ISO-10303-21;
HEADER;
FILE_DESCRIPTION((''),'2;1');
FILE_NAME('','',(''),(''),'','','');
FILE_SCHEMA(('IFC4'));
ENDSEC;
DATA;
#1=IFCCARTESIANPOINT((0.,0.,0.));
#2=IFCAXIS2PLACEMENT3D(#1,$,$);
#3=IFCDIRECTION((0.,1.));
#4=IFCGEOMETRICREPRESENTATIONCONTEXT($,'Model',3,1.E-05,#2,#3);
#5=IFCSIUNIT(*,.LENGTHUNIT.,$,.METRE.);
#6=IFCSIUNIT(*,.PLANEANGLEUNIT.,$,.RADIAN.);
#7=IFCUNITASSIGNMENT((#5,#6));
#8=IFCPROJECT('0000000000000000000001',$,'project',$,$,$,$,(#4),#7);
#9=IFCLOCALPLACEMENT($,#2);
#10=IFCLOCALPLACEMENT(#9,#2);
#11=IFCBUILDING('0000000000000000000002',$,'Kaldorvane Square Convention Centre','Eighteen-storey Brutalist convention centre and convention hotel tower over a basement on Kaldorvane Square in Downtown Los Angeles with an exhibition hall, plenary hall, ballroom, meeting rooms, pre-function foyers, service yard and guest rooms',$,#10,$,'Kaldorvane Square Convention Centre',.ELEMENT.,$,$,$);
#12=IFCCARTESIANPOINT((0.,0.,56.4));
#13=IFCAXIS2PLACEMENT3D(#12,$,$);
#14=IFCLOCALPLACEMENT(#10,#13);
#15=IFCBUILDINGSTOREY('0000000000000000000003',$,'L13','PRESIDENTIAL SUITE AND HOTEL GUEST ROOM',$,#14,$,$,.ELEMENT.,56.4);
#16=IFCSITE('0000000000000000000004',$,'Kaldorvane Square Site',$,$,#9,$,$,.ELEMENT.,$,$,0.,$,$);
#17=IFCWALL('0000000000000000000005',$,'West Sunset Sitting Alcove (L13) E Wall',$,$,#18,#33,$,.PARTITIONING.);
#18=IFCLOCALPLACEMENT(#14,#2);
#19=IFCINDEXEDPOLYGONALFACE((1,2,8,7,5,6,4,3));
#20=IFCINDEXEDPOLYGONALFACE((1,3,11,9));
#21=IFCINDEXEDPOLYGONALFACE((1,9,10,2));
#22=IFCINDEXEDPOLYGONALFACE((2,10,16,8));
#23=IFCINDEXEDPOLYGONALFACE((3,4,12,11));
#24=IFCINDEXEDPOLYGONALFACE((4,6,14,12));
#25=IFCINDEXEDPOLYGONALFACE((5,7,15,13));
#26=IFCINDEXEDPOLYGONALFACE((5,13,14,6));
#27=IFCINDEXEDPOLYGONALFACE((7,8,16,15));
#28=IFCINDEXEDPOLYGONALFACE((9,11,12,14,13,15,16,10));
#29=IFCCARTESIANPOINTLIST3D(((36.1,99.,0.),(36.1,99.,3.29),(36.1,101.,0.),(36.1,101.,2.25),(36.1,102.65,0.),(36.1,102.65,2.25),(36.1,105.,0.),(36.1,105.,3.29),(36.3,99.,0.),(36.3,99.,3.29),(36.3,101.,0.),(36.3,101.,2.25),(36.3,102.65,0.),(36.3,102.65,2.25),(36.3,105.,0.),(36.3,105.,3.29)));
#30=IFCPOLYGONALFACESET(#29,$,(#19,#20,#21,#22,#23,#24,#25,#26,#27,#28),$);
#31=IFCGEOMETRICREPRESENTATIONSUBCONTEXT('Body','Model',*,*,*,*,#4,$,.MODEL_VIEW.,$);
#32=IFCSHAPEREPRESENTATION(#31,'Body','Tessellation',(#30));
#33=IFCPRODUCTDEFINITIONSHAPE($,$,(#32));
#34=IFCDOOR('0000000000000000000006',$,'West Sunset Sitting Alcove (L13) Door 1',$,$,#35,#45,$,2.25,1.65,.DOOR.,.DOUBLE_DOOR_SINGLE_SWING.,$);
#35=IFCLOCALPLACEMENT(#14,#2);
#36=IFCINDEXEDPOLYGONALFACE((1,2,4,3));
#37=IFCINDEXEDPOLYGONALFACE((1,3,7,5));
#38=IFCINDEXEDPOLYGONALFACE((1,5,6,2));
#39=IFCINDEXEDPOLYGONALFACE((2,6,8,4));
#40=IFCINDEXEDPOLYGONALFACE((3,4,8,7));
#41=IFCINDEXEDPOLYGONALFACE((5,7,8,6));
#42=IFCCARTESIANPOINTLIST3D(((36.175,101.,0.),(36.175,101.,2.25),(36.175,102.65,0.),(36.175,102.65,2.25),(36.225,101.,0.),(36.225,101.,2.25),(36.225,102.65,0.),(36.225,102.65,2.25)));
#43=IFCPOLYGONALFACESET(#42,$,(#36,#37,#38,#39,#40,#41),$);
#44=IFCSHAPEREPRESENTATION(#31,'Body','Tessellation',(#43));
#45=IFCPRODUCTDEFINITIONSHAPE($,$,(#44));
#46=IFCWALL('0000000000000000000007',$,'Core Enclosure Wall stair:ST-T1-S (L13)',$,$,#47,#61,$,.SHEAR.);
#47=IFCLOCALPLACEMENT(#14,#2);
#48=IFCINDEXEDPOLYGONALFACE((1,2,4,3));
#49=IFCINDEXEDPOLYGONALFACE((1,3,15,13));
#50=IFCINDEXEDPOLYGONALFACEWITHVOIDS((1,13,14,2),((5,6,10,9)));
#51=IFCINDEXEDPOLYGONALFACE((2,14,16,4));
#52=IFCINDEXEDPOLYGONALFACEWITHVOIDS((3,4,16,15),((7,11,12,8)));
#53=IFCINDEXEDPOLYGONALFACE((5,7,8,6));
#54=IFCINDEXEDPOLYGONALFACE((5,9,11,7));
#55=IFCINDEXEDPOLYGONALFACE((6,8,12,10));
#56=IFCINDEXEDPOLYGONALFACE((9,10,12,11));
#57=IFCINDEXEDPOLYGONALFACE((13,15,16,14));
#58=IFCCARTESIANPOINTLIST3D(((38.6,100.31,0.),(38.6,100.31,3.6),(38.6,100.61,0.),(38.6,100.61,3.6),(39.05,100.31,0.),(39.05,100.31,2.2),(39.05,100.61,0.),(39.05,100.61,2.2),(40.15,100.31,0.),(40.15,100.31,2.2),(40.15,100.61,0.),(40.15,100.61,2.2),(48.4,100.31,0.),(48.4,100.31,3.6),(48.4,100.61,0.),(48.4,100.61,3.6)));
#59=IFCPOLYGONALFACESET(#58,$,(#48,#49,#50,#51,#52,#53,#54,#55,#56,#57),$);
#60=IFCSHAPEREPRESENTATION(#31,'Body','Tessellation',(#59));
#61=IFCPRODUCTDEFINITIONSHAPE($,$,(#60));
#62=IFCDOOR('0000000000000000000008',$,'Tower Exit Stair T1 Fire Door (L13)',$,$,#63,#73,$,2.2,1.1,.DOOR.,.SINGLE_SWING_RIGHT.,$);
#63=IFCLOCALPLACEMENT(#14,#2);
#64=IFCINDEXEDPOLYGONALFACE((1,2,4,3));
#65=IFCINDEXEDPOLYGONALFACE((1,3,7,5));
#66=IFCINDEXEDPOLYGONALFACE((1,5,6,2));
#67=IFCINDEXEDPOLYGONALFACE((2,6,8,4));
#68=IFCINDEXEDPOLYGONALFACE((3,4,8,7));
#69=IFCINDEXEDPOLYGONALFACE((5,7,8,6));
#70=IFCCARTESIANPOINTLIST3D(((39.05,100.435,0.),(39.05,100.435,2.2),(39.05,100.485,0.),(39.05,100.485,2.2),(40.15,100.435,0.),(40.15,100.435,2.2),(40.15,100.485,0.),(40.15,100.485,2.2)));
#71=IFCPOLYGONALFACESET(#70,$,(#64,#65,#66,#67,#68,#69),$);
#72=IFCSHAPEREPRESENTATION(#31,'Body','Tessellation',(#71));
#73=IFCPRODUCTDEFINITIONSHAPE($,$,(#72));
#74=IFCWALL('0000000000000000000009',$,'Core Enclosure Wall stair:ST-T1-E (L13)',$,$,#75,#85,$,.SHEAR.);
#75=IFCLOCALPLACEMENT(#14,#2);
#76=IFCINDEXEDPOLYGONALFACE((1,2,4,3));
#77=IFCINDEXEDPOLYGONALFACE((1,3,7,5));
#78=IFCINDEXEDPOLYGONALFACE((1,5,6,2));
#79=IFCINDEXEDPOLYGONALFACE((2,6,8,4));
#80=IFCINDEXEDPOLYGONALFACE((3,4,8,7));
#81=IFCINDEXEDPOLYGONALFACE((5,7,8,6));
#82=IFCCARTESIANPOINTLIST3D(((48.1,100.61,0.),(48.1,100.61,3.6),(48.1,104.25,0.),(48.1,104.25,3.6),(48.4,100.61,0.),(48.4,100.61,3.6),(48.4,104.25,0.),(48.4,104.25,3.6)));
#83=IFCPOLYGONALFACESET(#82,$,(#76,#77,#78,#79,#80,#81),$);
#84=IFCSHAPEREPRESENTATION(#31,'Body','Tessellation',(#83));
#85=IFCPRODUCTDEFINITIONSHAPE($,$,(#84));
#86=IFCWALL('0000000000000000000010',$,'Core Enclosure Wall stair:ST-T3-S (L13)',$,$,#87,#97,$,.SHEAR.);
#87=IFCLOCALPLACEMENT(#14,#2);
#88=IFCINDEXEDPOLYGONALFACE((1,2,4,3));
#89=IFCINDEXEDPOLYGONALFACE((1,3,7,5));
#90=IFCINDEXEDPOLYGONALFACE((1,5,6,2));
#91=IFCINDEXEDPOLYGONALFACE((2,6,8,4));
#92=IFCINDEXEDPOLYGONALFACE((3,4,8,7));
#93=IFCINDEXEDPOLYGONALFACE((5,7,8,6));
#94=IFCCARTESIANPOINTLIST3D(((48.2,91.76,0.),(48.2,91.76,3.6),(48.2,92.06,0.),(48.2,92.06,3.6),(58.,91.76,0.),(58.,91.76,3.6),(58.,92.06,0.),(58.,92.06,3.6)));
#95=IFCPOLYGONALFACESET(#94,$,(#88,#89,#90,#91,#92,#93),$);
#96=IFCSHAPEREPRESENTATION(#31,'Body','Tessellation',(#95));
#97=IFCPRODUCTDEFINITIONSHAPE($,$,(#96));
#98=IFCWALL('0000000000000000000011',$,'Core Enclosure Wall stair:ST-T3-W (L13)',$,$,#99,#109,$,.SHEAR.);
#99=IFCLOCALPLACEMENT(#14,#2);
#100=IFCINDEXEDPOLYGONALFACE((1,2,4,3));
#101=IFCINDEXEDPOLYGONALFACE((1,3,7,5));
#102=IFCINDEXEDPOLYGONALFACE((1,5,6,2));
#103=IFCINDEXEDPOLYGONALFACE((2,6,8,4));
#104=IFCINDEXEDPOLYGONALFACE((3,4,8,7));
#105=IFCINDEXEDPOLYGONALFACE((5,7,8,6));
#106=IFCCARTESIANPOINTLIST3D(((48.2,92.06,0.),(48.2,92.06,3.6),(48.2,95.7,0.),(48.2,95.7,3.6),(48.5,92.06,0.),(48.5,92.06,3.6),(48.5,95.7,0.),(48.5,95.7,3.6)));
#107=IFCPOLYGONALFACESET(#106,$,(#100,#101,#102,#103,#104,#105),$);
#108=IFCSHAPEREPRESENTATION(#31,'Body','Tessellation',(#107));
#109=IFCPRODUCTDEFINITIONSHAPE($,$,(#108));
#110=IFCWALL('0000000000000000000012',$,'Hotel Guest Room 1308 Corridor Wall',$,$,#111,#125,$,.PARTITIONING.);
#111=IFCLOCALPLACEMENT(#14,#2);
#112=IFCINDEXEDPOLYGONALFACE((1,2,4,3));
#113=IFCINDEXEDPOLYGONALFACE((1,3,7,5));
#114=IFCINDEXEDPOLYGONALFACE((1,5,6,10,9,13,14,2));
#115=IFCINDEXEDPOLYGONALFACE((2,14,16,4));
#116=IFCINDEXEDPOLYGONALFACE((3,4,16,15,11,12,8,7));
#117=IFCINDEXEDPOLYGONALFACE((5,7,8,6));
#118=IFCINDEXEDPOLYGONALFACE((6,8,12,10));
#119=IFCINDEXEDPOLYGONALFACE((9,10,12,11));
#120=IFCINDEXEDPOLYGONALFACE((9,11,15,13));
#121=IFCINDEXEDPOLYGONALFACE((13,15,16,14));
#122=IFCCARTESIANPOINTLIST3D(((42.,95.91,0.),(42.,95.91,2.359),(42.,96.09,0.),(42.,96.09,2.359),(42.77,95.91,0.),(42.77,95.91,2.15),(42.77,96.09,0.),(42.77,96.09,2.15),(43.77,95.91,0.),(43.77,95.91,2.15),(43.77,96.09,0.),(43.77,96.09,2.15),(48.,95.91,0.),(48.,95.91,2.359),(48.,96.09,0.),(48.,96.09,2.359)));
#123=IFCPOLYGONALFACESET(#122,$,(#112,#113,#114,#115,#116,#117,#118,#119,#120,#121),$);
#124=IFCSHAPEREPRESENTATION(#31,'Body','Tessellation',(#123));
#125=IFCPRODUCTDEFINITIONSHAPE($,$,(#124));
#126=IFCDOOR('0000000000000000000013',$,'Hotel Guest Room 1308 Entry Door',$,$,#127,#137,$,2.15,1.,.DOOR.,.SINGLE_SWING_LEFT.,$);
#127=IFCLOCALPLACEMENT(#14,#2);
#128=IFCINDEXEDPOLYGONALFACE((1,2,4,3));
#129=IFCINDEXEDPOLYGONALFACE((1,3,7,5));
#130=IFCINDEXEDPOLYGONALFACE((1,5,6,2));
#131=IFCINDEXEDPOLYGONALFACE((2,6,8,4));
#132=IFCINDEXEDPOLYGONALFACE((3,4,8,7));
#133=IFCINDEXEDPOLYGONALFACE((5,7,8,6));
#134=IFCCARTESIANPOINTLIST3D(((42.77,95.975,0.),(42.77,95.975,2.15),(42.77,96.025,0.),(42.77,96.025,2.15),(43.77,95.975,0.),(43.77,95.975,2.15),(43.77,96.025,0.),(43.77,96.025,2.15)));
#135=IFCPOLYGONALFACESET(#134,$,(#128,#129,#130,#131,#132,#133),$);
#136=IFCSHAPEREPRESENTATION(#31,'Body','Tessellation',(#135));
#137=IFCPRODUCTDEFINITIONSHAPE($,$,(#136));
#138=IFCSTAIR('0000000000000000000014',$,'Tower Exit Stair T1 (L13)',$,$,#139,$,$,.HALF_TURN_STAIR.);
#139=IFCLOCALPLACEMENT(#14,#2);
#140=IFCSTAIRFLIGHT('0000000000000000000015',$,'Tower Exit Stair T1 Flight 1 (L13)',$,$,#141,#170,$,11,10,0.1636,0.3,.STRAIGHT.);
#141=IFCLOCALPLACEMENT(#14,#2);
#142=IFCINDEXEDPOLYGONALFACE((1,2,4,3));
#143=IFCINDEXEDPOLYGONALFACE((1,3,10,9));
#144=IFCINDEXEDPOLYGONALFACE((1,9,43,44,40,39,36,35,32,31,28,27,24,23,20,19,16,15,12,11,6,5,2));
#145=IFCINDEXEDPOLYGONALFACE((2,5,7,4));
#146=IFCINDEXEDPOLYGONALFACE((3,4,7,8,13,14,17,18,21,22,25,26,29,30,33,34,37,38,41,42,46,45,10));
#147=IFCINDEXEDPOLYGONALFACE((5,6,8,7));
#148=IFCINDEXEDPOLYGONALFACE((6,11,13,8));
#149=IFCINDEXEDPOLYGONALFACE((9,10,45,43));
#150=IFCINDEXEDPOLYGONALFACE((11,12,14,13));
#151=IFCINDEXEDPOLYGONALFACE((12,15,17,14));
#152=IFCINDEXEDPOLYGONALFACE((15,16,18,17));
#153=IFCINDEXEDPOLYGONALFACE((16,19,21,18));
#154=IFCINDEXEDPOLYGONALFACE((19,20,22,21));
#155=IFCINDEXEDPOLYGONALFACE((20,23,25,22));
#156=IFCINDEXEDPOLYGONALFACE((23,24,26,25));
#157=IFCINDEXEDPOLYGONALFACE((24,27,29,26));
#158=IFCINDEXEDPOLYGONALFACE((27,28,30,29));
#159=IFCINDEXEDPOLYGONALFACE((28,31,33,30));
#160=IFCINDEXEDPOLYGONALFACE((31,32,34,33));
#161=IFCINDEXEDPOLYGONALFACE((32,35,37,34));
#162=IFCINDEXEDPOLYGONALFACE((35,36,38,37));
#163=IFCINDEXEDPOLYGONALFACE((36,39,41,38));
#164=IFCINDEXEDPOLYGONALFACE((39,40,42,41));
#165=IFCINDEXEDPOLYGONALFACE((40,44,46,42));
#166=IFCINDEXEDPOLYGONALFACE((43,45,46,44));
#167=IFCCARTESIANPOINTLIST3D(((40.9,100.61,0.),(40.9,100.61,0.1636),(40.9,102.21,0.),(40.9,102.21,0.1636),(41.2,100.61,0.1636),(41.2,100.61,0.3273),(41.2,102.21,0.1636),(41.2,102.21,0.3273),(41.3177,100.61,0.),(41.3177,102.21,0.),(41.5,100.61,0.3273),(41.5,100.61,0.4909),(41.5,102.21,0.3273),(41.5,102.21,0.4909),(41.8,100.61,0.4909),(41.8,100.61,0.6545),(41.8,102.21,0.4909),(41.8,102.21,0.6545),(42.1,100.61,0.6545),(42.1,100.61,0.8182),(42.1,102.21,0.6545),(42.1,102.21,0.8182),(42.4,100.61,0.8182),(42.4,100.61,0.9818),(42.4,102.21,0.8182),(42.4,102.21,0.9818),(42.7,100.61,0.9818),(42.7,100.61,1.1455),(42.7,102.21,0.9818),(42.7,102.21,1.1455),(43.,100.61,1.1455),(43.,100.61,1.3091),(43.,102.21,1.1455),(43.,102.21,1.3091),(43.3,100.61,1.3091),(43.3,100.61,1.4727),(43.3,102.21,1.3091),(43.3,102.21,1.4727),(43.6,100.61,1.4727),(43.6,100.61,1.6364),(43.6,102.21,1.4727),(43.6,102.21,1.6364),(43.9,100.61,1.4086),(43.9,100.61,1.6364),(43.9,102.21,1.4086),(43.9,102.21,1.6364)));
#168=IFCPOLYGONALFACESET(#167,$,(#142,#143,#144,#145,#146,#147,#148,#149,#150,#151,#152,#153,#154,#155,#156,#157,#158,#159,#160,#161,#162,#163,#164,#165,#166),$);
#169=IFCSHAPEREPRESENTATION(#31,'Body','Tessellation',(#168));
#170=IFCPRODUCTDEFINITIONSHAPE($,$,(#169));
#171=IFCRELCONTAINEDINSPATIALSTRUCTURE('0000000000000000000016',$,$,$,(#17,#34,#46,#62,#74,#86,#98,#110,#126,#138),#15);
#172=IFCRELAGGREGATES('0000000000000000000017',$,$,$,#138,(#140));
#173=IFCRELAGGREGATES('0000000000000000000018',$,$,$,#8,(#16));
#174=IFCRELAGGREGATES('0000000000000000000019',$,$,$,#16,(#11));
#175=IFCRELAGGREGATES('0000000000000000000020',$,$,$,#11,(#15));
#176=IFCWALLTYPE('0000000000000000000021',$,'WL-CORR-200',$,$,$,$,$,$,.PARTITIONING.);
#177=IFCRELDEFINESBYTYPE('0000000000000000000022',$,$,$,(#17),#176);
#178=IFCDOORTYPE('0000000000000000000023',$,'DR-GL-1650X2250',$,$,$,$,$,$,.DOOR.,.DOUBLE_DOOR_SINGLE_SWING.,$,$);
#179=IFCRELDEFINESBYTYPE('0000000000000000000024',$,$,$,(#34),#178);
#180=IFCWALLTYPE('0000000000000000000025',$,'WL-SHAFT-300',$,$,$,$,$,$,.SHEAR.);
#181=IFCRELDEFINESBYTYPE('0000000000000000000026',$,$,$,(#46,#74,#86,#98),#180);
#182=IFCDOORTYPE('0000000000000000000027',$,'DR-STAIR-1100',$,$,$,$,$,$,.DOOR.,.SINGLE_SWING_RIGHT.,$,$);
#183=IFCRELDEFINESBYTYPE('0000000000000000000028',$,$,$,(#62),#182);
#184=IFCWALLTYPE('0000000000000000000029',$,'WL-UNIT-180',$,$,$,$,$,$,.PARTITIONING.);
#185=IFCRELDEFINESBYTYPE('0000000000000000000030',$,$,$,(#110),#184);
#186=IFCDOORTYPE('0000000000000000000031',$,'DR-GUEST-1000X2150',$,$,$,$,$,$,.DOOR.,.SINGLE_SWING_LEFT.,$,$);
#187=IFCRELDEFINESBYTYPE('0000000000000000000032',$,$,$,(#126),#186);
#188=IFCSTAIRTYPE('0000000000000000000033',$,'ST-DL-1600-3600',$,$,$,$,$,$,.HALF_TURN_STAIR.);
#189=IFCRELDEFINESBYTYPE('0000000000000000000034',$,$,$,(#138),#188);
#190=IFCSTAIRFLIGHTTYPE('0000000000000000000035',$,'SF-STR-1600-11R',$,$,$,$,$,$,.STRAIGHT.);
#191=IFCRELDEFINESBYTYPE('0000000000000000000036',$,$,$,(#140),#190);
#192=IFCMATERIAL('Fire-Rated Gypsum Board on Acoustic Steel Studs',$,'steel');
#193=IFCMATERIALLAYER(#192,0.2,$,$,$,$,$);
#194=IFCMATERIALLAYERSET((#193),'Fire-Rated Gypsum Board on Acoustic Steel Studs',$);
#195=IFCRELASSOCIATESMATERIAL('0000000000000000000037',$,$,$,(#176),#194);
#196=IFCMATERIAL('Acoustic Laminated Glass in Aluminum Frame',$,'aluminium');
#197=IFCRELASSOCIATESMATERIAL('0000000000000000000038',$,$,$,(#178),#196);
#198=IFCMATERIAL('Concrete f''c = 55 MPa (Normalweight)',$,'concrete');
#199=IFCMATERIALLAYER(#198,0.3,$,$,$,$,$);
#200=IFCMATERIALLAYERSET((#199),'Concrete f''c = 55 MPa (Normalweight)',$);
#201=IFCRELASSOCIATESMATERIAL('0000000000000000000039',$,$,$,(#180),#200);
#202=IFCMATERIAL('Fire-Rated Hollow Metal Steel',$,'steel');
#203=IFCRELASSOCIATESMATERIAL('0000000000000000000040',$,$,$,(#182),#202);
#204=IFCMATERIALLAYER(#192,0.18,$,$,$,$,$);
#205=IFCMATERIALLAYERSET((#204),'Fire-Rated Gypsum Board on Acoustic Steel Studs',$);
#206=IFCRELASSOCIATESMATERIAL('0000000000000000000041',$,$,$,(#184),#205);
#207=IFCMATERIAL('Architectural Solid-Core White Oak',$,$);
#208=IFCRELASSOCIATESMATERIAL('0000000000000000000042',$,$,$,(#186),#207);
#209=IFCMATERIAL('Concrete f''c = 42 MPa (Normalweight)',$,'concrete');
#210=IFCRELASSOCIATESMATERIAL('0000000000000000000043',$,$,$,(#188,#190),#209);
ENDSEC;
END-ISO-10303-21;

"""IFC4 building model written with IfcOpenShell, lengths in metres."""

from ifc_helpers import new_model, si_unit, direction, frame, frame_2d, origin, place, context, subcontext, project, spatial, polyline, rectangle, outline, extrude, material, layer, layer_set, type_object, element, fill, aggregate, save


model = new_model("IFC4")

# Units and contexts
model_context = context("Model", 3, precision=1e-05, world=origin(), true_north=direction((0.0, 1.0)))
body_context = subcontext(model_context, "Body", "Model", "MODEL_VIEW")
ifc_project = project(units=[si_unit("LENGTHUNIT", "METRE"), si_unit("PLANEANGLEUNIT", "RADIAN")], contexts=[model_context])

# Site, building, storey
site_placement = place(None, origin())
site = spatial("IfcSite", under=ifc_project, at=site_placement, Name="Kaldorvane Square Site", CompositionType="ELEMENT", RefElevation=0.0)
building_placement = place(site_placement, origin())
building = spatial("IfcBuilding", under=site, at=building_placement, Name="Kaldorvane Square Convention Centre", Description="Eighteen-storey Brutalist convention centre and convention hotel tower over a basement on Kaldorvane Square in Downtown Los Angeles with an exhibition hall, plenary hall, ballroom, meeting rooms, pre-function foyers, service yard and guest rooms", LongName="Kaldorvane Square Convention Centre", CompositionType="ELEMENT")
storey_placement = place(building_placement, frame((0.0, 0.0, 56.4)))
storey = spatial("IfcBuildingStorey", under=building, at=storey_placement, Name="L13", Description="PRESIDENTIAL SUITE AND HOTEL GUEST ROOM", CompositionType="ELEMENT", Elevation=56.4)

# Shared definitions
ifc_material_1 = material(Name="Fire-Rated Gypsum Board on Acoustic Steel Studs", Category="steel")
ifc_material_2 = material(Name="Architectural Solid-Core White Oak")

# Walls, openings, doors
ifc_layer_1 = layer(ifc_material_1, 0.2)
ifc_layer_set_1 = layer_set([ifc_layer_1], Name="Fire-Rated Gypsum Board on Acoustic Steel Studs")
wall_type_1 = type_object("IfcWallType", Name="WL-CORR-200", PredefinedType="PARTITIONING", material=ifc_layer_set_1)
wall_1_placement = place(storey_placement, frame((36.2, 99.0, 0.0), z_axis=(0.0, 0.0, 1.0), x_axis=(0.0, 1.0, 0.0)))
wall_1 = element("IfcWall", 1, at=wall_1_placement, inside=storey, type_object=wall_type_1, Name="West Sunset Sitting Alcove (L13) E Wall", PredefinedType="PARTITIONING", context=body_context, shape_type="SweptSolid", body=[
    extrude(rectangle(XDim=6.0, YDim=0.2, at=frame_2d((3.0, 0.0))), origin(), (0.0, 0.0, 1.0), 3.29),
])
opening_1_placement = place(wall_1_placement, frame((2.0, 0.0, 0.0)))
opening_1 = element("IfcOpeningElement", 2, at=opening_1_placement, cuts=wall_1, PredefinedType="OPENING", context=body_context, shape_type="SweptSolid", body=[
    extrude(rectangle(XDim=1.65, YDim=2.25, at=frame_2d((0.825, 1.125))), frame((0.0, 0.115, 0.0), z_axis=(0.0, -1.0, 0.0), x_axis=(1.0, 0.0, 0.0)), (0.0, 0.0, 1.0), 0.23),
])
ifc_material_3 = material(Name="Acoustic Laminated Glass in Aluminum Frame", Category="aluminium")
door_type_1 = type_object("IfcDoorType", Name="DR-GL-1650X2250", OperationType="DOUBLE_DOOR_SINGLE_SWING", PredefinedType="DOOR", material=ifc_material_3)
door_1_placement = place(opening_1_placement, origin())
door_1 = element("IfcDoor", 3, at=door_1_placement, inside=storey, type_object=door_type_1, Name="West Sunset Sitting Alcove (L13) Door 1", OperationType="DOUBLE_DOOR_SINGLE_SWING", OverallHeight=2.25, OverallWidth=1.65, PredefinedType="DOOR", context=body_context, shape_type="SweptSolid", body=[
    extrude(rectangle(XDim=1.65, YDim=2.25, at=frame_2d((0.825, 1.125))), frame((0.0, 0.025, 0.0), z_axis=(0.0, -1.0, 0.0), x_axis=(1.0, 0.0, 0.0)), (0.0, 0.0, 1.0), 0.05),
])
fill(opening_1, door_1)
ifc_material_4 = material(Name="Concrete f'c = 55 MPa (Normalweight)", Category="concrete")
ifc_layer_2 = layer(ifc_material_4, 0.3)
ifc_layer_set_2 = layer_set([ifc_layer_2], Name="Concrete f'c = 55 MPa (Normalweight)")
wall_type_2 = type_object("IfcWallType", Name="WL-SHAFT-300", PredefinedType="SHEAR", material=ifc_layer_set_2)
wall_2_placement = place(storey_placement, frame((38.6, 100.46, 0.0), z_axis=(0.0, 0.0, 1.0), x_axis=(1.0, 0.0, 0.0)))
wall_2 = element("IfcWall", 4, at=wall_2_placement, inside=storey, type_object=wall_type_2, Name="Core Enclosure Wall stair:ST-T1-S (L13)", PredefinedType="SHEAR", context=body_context, shape_type="SweptSolid", body=[
    extrude(rectangle(XDim=9.8, YDim=0.3, at=frame_2d((4.9, 0.0))), origin(), (0.0, 0.0, 1.0), 3.6),
])
opening_2_placement = place(wall_2_placement, frame((0.45, 0.0, 0.0)))
opening_2 = element("IfcOpeningElement", 5, at=opening_2_placement, cuts=wall_2, PredefinedType="OPENING", context=body_context, shape_type="SweptSolid", body=[
    extrude(rectangle(XDim=1.1, YDim=2.2, at=frame_2d((0.55, 1.1))), frame((0.0, 0.165, 0.0), z_axis=(0.0, -1.0, 0.0), x_axis=(1.0, 0.0, 0.0)), (0.0, 0.0, 1.0), 0.33),
])
ifc_material_5 = material(Name="Fire-Rated Hollow Metal Steel", Category="steel")
door_type_2 = type_object("IfcDoorType", Name="DR-STAIR-1100", OperationType="SINGLE_SWING_RIGHT", PredefinedType="DOOR", material=ifc_material_5)
door_2_placement = place(opening_2_placement, origin())
door_2 = element("IfcDoor", 6, at=door_2_placement, inside=storey, type_object=door_type_2, Name="Tower Exit Stair T1 Fire Door (L13)", OperationType="SINGLE_SWING_RIGHT", OverallHeight=2.2, OverallWidth=1.1, PredefinedType="DOOR", context=body_context, shape_type="SweptSolid", body=[
    extrude(rectangle(XDim=1.1, YDim=2.2, at=frame_2d((0.55, 1.1))), frame((0.0, 0.025, 0.0), z_axis=(0.0, -1.0, 0.0), x_axis=(1.0, 0.0, 0.0)), (0.0, 0.0, 1.0), 0.05),
])
fill(opening_2, door_2)

# Walls
wall_3_placement = place(storey_placement, frame((48.25, 100.61, 0.0), z_axis=(0.0, 0.0, 1.0), x_axis=(0.0, 1.0, 0.0)))
element("IfcWall", 7, at=wall_3_placement, inside=storey, type_object=wall_type_2, Name="Core Enclosure Wall stair:ST-T1-E (L13)", PredefinedType="SHEAR", context=body_context, shape_type="SweptSolid", body=[
    extrude(rectangle(XDim=3.64, YDim=0.3, at=frame_2d((1.82, 0.0))), origin(), (0.0, 0.0, 1.0), 3.6),
])
wall_4_placement = place(storey_placement, frame((48.2, 91.91, 0.0), z_axis=(0.0, 0.0, 1.0), x_axis=(1.0, 0.0, 0.0)))
element("IfcWall", 8, at=wall_4_placement, inside=storey, type_object=wall_type_2, Name="Core Enclosure Wall stair:ST-T3-S (L13)", PredefinedType="SHEAR", context=body_context, shape_type="SweptSolid", body=[
    extrude(rectangle(XDim=9.8, YDim=0.3, at=frame_2d((4.9, 0.0))), origin(), (0.0, 0.0, 1.0), 3.6),
])
wall_5_placement = place(storey_placement, frame((48.35, 95.7, 0.0), z_axis=(0.0, 0.0, 1.0), x_axis=(0.0, -1.0, 0.0)))
element("IfcWall", 9, at=wall_5_placement, inside=storey, type_object=wall_type_2, Name="Core Enclosure Wall stair:ST-T3-W (L13)", PredefinedType="SHEAR", context=body_context, shape_type="SweptSolid", body=[
    extrude(rectangle(XDim=3.64, YDim=0.3, at=frame_2d((1.82, 0.0))), origin(), (0.0, 0.0, 1.0), 3.6),
])

# Wall, opening, door
ifc_layer_3 = layer(ifc_material_1, 0.18)
ifc_layer_set_3 = layer_set([ifc_layer_3], Name="Fire-Rated Gypsum Board on Acoustic Steel Studs")
wall_type_3 = type_object("IfcWallType", Name="WL-UNIT-180", PredefinedType="PARTITIONING", material=ifc_layer_set_3)
wall_6_placement = place(storey_placement, frame((42.0, 96.0, 0.0), z_axis=(0.0, 0.0, 1.0), x_axis=(1.0, 0.0, 0.0)))
wall_6 = element("IfcWall", 10, at=wall_6_placement, inside=storey, type_object=wall_type_3, Name="Hotel Guest Room 1308 Corridor Wall", PredefinedType="PARTITIONING", context=body_context, shape_type="SweptSolid", body=[
    extrude(rectangle(XDim=6.0, YDim=0.18, at=frame_2d((3.0, 0.0))), origin(), (0.0, 0.0, 1.0), 2.359),
])
opening_3_placement = place(wall_6_placement, frame((0.77, 0.0, 0.0)))
opening_3 = element("IfcOpeningElement", 11, at=opening_3_placement, cuts=wall_6, PredefinedType="OPENING", context=body_context, shape_type="SweptSolid", body=[
    extrude(rectangle(XDim=1.0, YDim=2.15, at=frame_2d((0.5, 1.075))), frame((0.0, 0.105, 0.0), z_axis=(0.0, -1.0, 0.0), x_axis=(1.0, 0.0, 0.0)), (0.0, 0.0, 1.0), 0.21),
])
door_type_3 = type_object("IfcDoorType", Name="DR-GUEST-1000X2150", OperationType="SINGLE_SWING_LEFT", PredefinedType="DOOR", material=ifc_material_2)
door_3_placement = place(opening_3_placement, origin())
door_3 = element("IfcDoor", 12, at=door_3_placement, inside=storey, type_object=door_type_3, Name="Hotel Guest Room 1308 Entry Door", OperationType="SINGLE_SWING_LEFT", OverallHeight=2.15, OverallWidth=1.0, PredefinedType="DOOR", context=body_context, shape_type="SweptSolid", body=[
    extrude(rectangle(XDim=1.0, YDim=2.15, at=frame_2d((0.5, 1.075))), frame((0.0, 0.025, 0.0), z_axis=(0.0, -1.0, 0.0), x_axis=(1.0, 0.0, 0.0)), (0.0, 0.0, 1.0), 0.05),
])
fill(opening_3, door_3)

# Stair, stair flight
ifc_material_6 = material(Name="Concrete f'c = 42 MPa (Normalweight)", Category="concrete")
stair_type = type_object("IfcStairType", Name="ST-DL-1600-3600", PredefinedType="HALF_TURN_STAIR", material=ifc_material_6)
stair_1_placement = place(storey_placement, origin())
stair_1 = element("IfcStair", 13, at=stair_1_placement, inside=storey, type_object=stair_type, Name="Tower Exit Stair T1 (L13)", PredefinedType="HALF_TURN_STAIR")
stair_flight_type = type_object("IfcStairFlightType", Name="SF-STR-1600-11R", PredefinedType="STRAIGHT", material=ifc_material_6)
stair_flight_1_placement = place(storey_placement, frame((40.9, 101.41, 0.0), z_axis=(0.0, 0.0, 1.0), x_axis=(1.0, 0.0, 0.0)))
stair_flight_1 = element("IfcStairFlight", 14, at=stair_flight_1_placement, type_object=stair_flight_type, Name="Tower Exit Stair T1 Flight 1 (L13)", NumberOfRisers=11, NumberOfTreads=10, PredefinedType="STRAIGHT", RiserHeight=0.1636, TreadLength=0.3, context=body_context, shape_type="SweptSolid", body=[
    extrude(outline(polyline([(0.0, 0.0), (0.0, 0.1636), (0.3, 0.1636), (0.3, 0.3273), (0.6, 0.3273), (0.6, 0.4909), (0.9, 0.4909), (0.9, 0.6545), (1.2, 0.6545), (1.2, 0.8182), (1.5, 0.8182), (1.5, 0.9818), (1.8, 0.9818), (1.8, 1.1455), (2.1, 1.1455), (2.1, 1.3091), (2.4, 1.3091), (2.4, 1.4727), (2.7, 1.4727), (2.7, 1.6364), (3.0, 1.6364), (3.0, 1.8), (3.0, 1.4086), (0.4177, 0.0), (0.0, 0.0)])), frame((0.0, 0.8, 0.0), z_axis=(0.0, -1.0, 0.0), x_axis=(1.0, 0.0, 0.0)), (0.0, 0.0, 1.0), 1.6),
])
aggregate(stair_1, [stair_flight_1])

save(model, "model.ifc")
